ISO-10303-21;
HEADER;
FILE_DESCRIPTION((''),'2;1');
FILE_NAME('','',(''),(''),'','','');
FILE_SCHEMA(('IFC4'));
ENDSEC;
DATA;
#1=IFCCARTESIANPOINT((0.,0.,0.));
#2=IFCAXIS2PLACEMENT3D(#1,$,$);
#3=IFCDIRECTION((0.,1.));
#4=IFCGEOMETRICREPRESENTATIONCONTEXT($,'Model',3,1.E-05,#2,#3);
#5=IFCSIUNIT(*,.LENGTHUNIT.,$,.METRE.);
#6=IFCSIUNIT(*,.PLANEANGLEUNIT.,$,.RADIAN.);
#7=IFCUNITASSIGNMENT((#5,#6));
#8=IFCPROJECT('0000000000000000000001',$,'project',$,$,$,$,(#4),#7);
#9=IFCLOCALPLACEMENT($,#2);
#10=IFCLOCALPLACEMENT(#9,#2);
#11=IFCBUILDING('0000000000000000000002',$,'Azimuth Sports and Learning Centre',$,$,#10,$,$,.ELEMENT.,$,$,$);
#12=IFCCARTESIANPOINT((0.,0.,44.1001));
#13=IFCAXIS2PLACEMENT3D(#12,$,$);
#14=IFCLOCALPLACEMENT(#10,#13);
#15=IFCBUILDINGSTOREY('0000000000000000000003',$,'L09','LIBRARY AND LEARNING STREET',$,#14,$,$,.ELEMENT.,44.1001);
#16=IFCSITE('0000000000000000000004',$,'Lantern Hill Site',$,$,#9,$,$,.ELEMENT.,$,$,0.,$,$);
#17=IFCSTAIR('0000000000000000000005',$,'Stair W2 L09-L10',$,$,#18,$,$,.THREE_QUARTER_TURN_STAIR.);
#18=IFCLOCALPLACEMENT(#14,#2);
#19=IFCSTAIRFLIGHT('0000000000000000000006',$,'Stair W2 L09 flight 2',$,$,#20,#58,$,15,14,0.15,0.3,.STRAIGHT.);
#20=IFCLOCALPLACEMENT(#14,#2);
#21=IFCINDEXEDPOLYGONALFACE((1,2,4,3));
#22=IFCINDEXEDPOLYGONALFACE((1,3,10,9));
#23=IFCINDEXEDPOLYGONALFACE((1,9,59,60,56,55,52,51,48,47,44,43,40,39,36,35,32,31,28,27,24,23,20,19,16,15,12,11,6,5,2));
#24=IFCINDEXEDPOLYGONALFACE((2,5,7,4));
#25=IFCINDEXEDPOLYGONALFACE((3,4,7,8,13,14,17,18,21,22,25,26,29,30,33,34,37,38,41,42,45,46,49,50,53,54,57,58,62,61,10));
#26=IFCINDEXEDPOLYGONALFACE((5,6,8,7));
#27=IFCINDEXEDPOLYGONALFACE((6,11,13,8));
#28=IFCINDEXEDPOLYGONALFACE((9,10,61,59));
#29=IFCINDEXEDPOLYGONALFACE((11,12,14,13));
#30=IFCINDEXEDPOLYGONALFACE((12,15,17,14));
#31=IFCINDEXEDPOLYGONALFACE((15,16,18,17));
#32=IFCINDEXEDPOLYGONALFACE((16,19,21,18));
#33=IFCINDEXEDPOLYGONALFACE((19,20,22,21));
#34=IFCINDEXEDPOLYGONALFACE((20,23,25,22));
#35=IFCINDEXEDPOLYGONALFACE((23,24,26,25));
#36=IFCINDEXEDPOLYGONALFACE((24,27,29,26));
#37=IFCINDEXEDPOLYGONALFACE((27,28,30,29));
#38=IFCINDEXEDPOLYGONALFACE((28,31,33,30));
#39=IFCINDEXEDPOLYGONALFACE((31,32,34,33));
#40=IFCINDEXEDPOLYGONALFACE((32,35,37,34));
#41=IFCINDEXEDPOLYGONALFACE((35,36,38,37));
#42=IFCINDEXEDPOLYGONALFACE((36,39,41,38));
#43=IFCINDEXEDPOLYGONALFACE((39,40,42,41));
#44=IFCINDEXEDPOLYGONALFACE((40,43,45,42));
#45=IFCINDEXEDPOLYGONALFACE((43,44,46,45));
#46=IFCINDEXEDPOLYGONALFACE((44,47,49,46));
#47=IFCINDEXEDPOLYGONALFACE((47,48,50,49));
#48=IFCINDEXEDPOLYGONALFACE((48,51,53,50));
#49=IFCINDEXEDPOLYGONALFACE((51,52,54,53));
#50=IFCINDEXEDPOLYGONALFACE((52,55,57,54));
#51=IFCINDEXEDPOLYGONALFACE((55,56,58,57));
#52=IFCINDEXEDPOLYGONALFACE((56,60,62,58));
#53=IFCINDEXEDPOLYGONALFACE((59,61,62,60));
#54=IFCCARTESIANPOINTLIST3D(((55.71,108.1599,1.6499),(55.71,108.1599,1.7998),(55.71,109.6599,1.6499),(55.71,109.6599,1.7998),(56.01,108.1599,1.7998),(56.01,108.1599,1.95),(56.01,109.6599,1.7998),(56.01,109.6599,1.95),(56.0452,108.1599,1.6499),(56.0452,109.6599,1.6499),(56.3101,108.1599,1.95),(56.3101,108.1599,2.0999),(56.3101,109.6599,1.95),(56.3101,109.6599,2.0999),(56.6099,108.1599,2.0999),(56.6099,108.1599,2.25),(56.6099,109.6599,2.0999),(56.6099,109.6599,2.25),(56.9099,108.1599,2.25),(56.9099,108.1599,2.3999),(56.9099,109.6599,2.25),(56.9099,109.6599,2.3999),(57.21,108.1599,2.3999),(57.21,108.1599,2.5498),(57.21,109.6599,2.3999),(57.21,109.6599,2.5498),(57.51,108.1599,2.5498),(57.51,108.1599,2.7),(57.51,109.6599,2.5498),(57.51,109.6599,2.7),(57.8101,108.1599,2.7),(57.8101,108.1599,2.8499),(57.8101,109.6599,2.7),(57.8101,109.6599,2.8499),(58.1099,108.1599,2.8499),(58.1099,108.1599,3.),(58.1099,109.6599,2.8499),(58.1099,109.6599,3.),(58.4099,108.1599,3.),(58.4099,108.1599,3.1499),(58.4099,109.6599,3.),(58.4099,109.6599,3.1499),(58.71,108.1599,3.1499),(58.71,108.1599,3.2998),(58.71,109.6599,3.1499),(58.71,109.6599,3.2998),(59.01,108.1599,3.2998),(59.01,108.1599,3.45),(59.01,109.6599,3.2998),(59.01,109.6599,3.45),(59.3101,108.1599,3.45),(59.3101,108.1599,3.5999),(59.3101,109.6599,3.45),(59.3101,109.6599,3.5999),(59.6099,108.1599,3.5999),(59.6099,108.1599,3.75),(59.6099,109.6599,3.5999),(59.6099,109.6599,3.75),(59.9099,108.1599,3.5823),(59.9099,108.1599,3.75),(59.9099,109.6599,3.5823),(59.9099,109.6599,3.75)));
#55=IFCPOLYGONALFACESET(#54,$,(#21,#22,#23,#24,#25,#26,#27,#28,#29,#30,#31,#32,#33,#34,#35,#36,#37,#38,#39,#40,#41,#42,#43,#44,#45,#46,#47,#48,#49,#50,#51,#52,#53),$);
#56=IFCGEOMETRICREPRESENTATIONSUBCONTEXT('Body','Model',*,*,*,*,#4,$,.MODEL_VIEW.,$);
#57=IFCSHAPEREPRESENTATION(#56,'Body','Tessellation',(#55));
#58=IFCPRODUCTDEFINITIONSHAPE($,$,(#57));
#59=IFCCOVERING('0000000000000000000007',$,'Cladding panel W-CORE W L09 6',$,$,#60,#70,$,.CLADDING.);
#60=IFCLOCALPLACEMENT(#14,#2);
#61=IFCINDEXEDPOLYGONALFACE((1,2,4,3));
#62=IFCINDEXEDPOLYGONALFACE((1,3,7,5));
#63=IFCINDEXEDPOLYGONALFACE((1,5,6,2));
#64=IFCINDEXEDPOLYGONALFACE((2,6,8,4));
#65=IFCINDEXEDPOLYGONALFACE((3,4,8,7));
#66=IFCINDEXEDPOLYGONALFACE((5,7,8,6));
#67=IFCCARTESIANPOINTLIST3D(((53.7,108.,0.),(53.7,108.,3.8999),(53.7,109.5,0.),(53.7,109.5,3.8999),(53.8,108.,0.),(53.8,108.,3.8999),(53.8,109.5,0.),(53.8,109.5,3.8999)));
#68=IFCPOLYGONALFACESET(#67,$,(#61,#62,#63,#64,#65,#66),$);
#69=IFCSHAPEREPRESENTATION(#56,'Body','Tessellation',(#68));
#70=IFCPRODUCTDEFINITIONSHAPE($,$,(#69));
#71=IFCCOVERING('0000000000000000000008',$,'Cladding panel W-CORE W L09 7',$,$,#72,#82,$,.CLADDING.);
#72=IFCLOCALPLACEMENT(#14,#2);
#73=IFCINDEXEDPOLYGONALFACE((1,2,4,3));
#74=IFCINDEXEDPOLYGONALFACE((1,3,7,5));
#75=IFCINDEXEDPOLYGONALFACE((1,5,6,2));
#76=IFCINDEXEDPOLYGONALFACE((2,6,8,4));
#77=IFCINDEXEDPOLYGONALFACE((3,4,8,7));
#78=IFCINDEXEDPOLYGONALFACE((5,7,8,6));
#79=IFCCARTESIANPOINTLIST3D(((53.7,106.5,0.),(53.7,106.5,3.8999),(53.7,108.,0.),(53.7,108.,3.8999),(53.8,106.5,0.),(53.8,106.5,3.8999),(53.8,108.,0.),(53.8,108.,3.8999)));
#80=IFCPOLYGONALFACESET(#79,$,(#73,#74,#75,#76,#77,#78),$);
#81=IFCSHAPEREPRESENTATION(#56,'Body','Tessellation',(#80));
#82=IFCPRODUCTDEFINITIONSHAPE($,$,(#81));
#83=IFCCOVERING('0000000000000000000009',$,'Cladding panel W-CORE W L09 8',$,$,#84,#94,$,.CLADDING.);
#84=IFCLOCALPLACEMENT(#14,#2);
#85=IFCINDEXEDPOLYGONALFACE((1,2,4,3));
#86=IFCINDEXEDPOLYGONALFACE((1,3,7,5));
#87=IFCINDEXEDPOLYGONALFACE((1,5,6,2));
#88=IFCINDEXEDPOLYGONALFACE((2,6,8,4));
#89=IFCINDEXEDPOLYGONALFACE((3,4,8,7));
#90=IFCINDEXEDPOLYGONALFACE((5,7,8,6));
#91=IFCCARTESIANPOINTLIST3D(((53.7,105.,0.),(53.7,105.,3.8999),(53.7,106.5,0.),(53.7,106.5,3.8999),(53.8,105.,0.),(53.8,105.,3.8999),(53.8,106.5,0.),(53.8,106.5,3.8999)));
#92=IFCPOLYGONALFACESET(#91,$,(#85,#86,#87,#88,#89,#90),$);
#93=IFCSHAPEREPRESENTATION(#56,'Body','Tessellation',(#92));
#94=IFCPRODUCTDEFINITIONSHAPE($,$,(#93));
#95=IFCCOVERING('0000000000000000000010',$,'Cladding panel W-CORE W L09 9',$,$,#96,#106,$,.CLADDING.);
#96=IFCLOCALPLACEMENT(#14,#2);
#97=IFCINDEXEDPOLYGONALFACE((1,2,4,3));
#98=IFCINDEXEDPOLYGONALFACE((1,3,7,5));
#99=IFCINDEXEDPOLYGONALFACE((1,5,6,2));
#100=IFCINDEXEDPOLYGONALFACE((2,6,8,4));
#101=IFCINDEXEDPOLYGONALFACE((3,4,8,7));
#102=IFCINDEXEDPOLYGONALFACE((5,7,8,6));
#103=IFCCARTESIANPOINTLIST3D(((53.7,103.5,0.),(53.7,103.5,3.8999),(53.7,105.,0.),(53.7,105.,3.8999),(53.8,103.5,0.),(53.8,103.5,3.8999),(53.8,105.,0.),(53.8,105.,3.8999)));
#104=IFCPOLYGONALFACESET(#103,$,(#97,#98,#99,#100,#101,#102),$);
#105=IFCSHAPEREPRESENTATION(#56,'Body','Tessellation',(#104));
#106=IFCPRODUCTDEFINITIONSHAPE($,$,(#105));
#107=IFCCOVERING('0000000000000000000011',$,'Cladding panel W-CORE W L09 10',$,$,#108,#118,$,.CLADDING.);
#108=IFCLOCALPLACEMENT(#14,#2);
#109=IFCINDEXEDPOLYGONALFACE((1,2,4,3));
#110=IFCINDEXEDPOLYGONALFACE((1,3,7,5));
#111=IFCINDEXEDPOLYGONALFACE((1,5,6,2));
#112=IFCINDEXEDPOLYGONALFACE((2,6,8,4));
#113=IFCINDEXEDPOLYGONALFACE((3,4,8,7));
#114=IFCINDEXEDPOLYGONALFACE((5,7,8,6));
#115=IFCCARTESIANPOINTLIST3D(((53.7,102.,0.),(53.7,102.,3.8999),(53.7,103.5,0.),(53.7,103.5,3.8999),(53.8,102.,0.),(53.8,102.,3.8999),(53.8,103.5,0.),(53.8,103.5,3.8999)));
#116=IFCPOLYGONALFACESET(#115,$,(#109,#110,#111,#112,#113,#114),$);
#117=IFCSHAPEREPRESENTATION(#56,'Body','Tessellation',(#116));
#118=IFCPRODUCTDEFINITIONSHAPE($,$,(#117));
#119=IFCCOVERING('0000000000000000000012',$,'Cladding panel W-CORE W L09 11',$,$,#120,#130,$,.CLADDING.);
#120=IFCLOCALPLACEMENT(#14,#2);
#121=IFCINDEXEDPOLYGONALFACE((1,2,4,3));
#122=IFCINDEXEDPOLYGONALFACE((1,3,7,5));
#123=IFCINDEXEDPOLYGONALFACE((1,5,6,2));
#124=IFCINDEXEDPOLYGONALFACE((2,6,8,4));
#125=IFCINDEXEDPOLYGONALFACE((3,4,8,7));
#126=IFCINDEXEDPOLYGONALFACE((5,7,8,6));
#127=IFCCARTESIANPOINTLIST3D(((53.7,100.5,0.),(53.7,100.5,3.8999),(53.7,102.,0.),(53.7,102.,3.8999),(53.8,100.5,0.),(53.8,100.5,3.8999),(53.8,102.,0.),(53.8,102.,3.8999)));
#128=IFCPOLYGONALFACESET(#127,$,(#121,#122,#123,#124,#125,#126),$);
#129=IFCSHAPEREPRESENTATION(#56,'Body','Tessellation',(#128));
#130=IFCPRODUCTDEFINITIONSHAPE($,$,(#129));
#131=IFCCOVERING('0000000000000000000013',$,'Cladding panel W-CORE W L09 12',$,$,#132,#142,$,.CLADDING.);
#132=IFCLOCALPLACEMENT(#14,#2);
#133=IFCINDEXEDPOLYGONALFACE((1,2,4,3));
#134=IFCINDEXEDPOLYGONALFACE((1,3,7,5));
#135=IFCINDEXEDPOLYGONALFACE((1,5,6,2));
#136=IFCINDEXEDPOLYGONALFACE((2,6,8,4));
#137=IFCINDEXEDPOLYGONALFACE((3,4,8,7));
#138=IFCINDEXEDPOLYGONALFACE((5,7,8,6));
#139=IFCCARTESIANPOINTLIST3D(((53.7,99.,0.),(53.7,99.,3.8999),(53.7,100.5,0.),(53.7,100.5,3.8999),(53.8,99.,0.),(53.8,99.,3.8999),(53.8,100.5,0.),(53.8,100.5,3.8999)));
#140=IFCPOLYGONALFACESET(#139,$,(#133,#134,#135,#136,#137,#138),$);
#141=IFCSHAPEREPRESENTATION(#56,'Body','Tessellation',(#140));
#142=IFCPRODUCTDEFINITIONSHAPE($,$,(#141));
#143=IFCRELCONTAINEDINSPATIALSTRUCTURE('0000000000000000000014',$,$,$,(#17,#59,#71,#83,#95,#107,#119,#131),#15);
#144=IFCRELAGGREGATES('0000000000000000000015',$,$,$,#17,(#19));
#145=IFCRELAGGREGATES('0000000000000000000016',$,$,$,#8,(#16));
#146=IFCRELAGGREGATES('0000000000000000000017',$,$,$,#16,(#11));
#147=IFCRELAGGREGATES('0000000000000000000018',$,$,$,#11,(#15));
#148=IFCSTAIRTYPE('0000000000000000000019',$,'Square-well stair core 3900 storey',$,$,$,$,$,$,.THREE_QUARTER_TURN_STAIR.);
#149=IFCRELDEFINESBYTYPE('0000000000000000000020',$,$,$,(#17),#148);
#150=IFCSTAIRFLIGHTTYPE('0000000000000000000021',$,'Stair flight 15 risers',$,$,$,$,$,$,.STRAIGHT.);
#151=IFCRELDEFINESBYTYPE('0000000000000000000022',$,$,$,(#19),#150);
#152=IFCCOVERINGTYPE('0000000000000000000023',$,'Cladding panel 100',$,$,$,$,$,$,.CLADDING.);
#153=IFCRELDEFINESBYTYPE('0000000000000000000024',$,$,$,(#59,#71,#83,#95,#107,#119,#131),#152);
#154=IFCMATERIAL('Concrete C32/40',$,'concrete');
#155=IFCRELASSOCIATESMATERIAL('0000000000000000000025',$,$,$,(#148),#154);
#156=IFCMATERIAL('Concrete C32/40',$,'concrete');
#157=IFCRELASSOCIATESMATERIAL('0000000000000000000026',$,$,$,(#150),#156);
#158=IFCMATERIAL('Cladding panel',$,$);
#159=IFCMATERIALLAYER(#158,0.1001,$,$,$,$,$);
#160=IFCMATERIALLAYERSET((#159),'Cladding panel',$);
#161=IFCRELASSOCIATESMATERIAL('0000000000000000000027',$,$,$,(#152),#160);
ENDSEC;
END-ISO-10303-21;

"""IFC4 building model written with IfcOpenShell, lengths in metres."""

from ifc_helpers import new_model, si_unit, direction, frame, origin, origin_2d, place, context, subcontext, project, spatial, polyline, rectangle, outline, extrude, material, layer, layer_set, type_object, element, aggregate, save


model = new_model("IFC4")

# Units and contexts
model_context = context("Model", 3, precision=1e-05, world=origin(), true_north=direction((0.0, 1.0)))
body_context = subcontext(model_context, "Body", "Model", "MODEL_VIEW")
ifc_project = project(units=[si_unit("LENGTHUNIT", "METRE"), si_unit("PLANEANGLEUNIT", "RADIAN")], contexts=[model_context])

# Site, building, storey
site_placement = place(None, origin())
site = spatial("IfcSite", under=ifc_project, at=site_placement, Name="Lantern Hill Site", CompositionType="ELEMENT", RefElevation=0.0)
building_placement = place(site_placement, origin())
building = spatial("IfcBuilding", under=site, at=building_placement, Name="Azimuth Sports and Learning Centre", CompositionType="ELEMENT")
storey_placement = place(building_placement, frame((0.0, 0.0, 44.1001)))
storey = spatial("IfcBuildingStorey", under=building, at=storey_placement, Name="L09", Description="LIBRARY AND LEARNING STREET", CompositionType="ELEMENT", Elevation=44.1001)

# Stair, stair flight
ifc_material_1 = material(Name="Concrete C32/40", Category="concrete")
stair_type = type_object("IfcStairType", Name="Square-well stair core 3900 storey", PredefinedType="THREE_QUARTER_TURN_STAIR", material=ifc_material_1)
stair_placement = place(storey_placement, origin())
stair = element("IfcStair", 1, at=stair_placement, inside=storey, type_object=stair_type, Name="Stair W2 L09-L10", PredefinedType="THREE_QUARTER_TURN_STAIR")
ifc_material_2 = material(Name="Concrete C32/40", Category="concrete")
stair_flight_type = type_object("IfcStairFlightType", Name="Stair flight 15 risers", PredefinedType="STRAIGHT", material=ifc_material_2)
stair_flight_placement = place(storey_placement, frame((55.71, 108.9099, 1.6499), z_axis=(0.0, 0.0, 1.0), x_axis=(1.0, 0.0, 0.0)))
stair_flight = element("IfcStairFlight", 2, at=stair_flight_placement, type_object=stair_flight_type, Name="Stair W2 L09 flight 2", NumberOfRisers=15, NumberOfTreads=14, PredefinedType="STRAIGHT", RiserHeight=0.15, TreadLength=0.3, context=body_context, shape_type="SweptSolid", body=[
    extrude(outline(polyline([(0.0, 0.0), (0.0, 0.1499), (0.3, 0.1499), (0.3, 0.3), (0.6001, 0.3), (0.6001, 0.45), (0.8999, 0.45), (0.8999, 0.6001), (1.2, 0.6001), (1.2, 0.75), (1.5, 0.75), (1.5, 0.8999), (1.8, 0.8999), (1.8, 1.05), (2.1001, 1.05), (2.1001, 1.2), (2.3999, 1.2), (2.3999, 1.3501), (2.7, 1.3501), (2.7, 1.5), (3.0, 1.5), (3.0, 1.6499), (3.3, 1.6499), (3.3, 1.8), (3.6001, 1.8), (3.6001, 1.95), (3.8999, 1.95), (3.8999, 2.1001), (4.2, 2.1001), (4.2, 2.25), (4.2, 1.9324), (0.3352, 0.0), (0.0, 0.0)])), frame((0.0, 0.75, 0.0), z_axis=(0.0, -1.0, 0.0), x_axis=(1.0, 0.0, 0.0)), (0.0, 0.0, 1.0), 1.5),
])
aggregate(stair, [stair_flight])

# Coverings
ifc_material_3 = material(Name="Cladding panel")
ifc_layer_1 = layer(ifc_material_3, 0.1001)
ifc_layer_set_1 = layer_set([ifc_layer_1], Name="Cladding panel")
covering_type = type_object("IfcCoveringType", Name="Cladding panel 100", PredefinedType="CLADDING", material=ifc_layer_set_1)
for number, where, z_axis, x_axis, name in (
    (3, (53.75, 108.75, 0.0), (0.0, 0.0, 1.0), (0.0, -1.0, 0.0), "Cladding panel W-CORE W L09 6"),
    (4, (53.75, 107.25, 0.0), (0.0, 0.0, 1.0), (0.0, -1.0, 0.0), "Cladding panel W-CORE W L09 7"),
    (5, (53.75, 105.75, 0.0), (0.0, 0.0, 1.0), (0.0, -1.0, 0.0), "Cladding panel W-CORE W L09 8"),
    (6, (53.75, 104.25, 0.0), (0.0, 0.0, 1.0), (0.0, -1.0, 0.0), "Cladding panel W-CORE W L09 9"),
    (7, (53.75, 102.75, 0.0), (0.0, 0.0, 1.0), (0.0, -1.0, 0.0), "Cladding panel W-CORE W L09 10"),
    (8, (53.75, 101.25, 0.0), (0.0, 0.0, 1.0), (0.0, -1.0, 0.0), "Cladding panel W-CORE W L09 11"),
    (9, (53.75, 99.75, 0.0), (0.0, 0.0, 1.0), (0.0, -1.0, 0.0), "Cladding panel W-CORE W L09 12"),
):
    element("IfcCovering", number, at=place(storey_placement, frame(where, z_axis=z_axis, x_axis=x_axis)), inside=storey, type_object=covering_type, Name=name, PredefinedType="CLADDING", context=body_context, shape_type="SweptSolid", body=[
        extrude(rectangle(XDim=1.5, YDim=0.1001, at=origin_2d()), origin(), (0.0, 0.0, 1.0), 3.8999),
    ])

save(model, "model.ifc")
